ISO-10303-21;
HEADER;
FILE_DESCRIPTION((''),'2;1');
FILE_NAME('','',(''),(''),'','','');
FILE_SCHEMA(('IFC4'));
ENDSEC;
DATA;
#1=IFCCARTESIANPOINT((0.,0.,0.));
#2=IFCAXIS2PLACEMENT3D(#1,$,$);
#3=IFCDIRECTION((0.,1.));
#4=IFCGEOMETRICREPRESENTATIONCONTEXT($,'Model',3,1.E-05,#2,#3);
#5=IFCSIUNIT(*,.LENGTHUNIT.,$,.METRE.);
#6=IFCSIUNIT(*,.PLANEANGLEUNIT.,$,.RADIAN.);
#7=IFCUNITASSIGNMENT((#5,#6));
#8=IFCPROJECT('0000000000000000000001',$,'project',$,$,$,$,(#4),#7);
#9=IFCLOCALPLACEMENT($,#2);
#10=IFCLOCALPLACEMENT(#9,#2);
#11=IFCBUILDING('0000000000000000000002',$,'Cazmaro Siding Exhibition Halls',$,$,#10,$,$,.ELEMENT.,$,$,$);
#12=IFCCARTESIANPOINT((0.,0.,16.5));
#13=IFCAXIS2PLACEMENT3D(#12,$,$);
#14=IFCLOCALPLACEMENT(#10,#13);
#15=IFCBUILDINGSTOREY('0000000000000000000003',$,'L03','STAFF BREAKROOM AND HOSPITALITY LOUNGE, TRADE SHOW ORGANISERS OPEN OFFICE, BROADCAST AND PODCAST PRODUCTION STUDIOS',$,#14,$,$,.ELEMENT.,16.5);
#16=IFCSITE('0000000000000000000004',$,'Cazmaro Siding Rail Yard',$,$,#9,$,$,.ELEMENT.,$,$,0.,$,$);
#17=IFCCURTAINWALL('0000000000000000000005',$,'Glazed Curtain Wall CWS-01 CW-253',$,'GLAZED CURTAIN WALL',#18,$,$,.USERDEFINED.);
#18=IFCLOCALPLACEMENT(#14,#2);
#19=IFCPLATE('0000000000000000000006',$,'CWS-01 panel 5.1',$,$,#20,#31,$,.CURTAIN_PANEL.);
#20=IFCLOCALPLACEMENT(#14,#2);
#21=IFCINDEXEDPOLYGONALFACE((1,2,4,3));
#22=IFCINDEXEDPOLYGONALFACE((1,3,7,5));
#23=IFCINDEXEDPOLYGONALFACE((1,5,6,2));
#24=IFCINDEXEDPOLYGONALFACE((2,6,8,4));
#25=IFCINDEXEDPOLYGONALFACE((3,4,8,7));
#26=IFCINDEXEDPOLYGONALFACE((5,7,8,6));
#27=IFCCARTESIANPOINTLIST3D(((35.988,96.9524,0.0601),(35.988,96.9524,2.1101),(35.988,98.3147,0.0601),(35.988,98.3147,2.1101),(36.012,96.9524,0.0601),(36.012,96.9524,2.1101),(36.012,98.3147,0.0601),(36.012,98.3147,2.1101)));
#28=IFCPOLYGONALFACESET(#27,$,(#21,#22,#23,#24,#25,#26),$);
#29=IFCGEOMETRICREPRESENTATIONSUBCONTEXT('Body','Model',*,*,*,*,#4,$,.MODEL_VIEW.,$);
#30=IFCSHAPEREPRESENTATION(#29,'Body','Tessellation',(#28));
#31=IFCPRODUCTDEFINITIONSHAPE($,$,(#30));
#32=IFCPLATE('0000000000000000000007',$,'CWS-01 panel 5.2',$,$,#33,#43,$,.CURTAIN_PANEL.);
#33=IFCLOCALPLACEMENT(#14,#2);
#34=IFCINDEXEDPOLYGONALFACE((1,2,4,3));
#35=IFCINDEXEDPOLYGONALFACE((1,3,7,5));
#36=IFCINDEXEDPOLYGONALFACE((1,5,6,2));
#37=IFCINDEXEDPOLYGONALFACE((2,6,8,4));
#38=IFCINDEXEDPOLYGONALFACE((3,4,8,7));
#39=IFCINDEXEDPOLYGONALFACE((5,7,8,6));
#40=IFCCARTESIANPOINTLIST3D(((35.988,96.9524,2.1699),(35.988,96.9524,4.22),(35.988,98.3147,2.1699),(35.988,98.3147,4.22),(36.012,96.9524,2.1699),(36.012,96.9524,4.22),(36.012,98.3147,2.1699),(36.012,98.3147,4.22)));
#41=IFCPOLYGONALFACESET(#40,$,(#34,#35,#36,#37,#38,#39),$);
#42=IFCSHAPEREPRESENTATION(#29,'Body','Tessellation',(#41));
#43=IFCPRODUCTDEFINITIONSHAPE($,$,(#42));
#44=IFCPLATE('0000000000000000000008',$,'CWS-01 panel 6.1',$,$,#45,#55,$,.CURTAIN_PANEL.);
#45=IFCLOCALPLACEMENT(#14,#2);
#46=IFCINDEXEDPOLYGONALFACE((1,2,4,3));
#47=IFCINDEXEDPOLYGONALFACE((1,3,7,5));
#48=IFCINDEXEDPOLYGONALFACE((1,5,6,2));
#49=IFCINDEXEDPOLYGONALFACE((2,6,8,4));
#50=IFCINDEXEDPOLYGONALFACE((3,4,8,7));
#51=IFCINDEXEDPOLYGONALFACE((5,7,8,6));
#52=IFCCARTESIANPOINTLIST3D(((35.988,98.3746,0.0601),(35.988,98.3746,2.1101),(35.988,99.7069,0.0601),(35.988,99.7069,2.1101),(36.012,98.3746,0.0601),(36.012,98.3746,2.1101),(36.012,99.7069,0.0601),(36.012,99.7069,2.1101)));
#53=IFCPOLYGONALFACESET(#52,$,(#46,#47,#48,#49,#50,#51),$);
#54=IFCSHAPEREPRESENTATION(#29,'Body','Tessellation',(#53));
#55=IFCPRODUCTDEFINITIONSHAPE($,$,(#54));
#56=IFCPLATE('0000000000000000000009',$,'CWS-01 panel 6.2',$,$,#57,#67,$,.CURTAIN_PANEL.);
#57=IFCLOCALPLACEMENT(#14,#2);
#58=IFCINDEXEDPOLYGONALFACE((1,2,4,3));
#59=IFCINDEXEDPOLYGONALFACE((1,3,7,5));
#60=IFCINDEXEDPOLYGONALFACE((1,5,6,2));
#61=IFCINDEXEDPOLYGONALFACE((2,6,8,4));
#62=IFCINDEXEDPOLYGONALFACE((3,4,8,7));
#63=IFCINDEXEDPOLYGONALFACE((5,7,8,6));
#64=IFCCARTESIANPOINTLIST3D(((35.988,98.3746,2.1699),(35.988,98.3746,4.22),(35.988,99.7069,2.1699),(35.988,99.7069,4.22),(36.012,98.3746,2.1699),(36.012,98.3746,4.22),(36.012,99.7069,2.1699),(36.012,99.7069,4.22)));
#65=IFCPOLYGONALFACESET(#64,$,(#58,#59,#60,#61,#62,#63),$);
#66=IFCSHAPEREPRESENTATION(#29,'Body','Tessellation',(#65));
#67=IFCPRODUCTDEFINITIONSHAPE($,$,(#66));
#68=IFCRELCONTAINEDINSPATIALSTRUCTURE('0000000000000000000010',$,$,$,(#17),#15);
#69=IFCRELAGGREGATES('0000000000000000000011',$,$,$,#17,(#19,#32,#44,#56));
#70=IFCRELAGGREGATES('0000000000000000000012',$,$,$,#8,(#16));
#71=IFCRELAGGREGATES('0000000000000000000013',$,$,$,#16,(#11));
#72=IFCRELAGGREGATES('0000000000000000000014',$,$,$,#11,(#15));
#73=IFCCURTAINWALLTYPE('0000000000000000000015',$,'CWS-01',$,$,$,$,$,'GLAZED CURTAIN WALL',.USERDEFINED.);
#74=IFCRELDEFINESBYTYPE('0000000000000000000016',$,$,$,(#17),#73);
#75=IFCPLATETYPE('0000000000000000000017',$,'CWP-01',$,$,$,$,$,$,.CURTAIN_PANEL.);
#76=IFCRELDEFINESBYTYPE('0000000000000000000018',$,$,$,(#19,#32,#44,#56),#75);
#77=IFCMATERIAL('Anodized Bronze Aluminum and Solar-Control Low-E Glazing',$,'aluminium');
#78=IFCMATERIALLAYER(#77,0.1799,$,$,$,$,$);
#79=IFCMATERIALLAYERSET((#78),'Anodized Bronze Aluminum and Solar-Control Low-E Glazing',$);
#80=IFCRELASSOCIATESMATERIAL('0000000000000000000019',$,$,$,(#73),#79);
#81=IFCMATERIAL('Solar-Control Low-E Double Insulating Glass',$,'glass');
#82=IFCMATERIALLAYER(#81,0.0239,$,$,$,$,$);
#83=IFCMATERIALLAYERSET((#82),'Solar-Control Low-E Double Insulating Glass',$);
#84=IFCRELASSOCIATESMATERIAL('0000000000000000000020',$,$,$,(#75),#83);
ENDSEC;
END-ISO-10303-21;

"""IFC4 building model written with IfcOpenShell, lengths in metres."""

from ifc_helpers import new_model, si_unit, direction, frame, origin, origin_2d, place, context, subcontext, project, spatial, rectangle, extrude, material, layer, layer_set, type_object, element, aggregate, save


model = new_model("IFC4")

# Units and contexts
model_context = context("Model", 3, precision=1e-05, world=origin(), true_north=direction((0.0, 1.0)))
body_context = subcontext(model_context, "Body", "Model", "MODEL_VIEW")
ifc_project = project(units=[si_unit("LENGTHUNIT", "METRE"), si_unit("PLANEANGLEUNIT", "RADIAN")], contexts=[model_context])

# Site, building, storey
site_placement = place(None, origin())
site = spatial("IfcSite", under=ifc_project, at=site_placement, Name="Cazmaro Siding Rail Yard", CompositionType="ELEMENT", RefElevation=0.0)
building_placement = place(site_placement, origin())
building = spatial("IfcBuilding", under=site, at=building_placement, Name="Cazmaro Siding Exhibition Halls", CompositionType="ELEMENT")
storey_placement = place(building_placement, frame((0.0, 0.0, 16.5)))
storey = spatial("IfcBuildingStorey", under=building, at=storey_placement, Name="L03", Description="STAFF BREAKROOM AND HOSPITALITY LOUNGE, TRADE SHOW ORGANISERS OPEN OFFICE, BROADCAST AND PODCAST PRODUCTION STUDIOS", CompositionType="ELEMENT", Elevation=16.5)

# Curtain wall, plates
ifc_material_1 = material(Name="Anodized Bronze Aluminum and Solar-Control Low-E Glazing", Category="aluminium")
ifc_layer_1 = layer(ifc_material_1, 0.1799)
ifc_layer_set_1 = layer_set([ifc_layer_1], Name="Anodized Bronze Aluminum and Solar-Control Low-E Glazing")
curtain_wall_type = type_object("IfcCurtainWallType", Name="CWS-01", ElementType="GLAZED CURTAIN WALL", PredefinedType="USERDEFINED", material=ifc_layer_set_1)
curtain_wall_placement = place(storey_placement, origin())
curtain_wall = element("IfcCurtainWall", 1, at=curtain_wall_placement, inside=storey, type_object=curtain_wall_type, Name="Glazed Curtain Wall CWS-01 CW-253", ObjectType="GLAZED CURTAIN WALL", PredefinedType="USERDEFINED")
ifc_material_2 = material(Name="Solar-Control Low-E Double Insulating Glass", Category="glass")
ifc_layer_2 = layer(ifc_material_2, 0.0239)
ifc_layer_set_2 = layer_set([ifc_layer_2], Name="Solar-Control Low-E Double Insulating Glass")
plate_type = type_object("IfcPlateType", Name="CWP-01", PredefinedType="CURTAIN_PANEL", material=ifc_layer_set_2)
plate_1_placement = place(storey_placement, frame((36.0, 97.6335, 0.0601), z_axis=(0.0, 0.0, 1.0), x_axis=(0.0, 1.0, 0.0)))
plate_1 = element("IfcPlate", 2, at=plate_1_placement, type_object=plate_type, Name="CWS-01 panel 5.1", PredefinedType="CURTAIN_PANEL", context=body_context, shape_type="SweptSolid", body=[
    extrude(rectangle(XDim=1.3623, YDim=0.0239, at=origin_2d()), origin(), (0.0, 0.0, 1.0), 2.05),
])
plate_2_placement = place(storey_placement, frame((36.0, 97.6335, 2.1699), z_axis=(0.0, 0.0, 1.0), x_axis=(0.0, 1.0, 0.0)))
plate_2 = element("IfcPlate", 3, at=plate_2_placement, type_object=plate_type, Name="CWS-01 panel 5.2", PredefinedType="CURTAIN_PANEL", context=body_context, shape_type="SweptSolid", body=[
    extrude(rectangle(XDim=1.3623, YDim=0.0239, at=origin_2d()), origin(), (0.0, 0.0, 1.0), 2.05),
])
plate_3_placement = place(storey_placement, frame((36.0, 99.0408, 0.0601), z_axis=(0.0, 0.0, 1.0), x_axis=(0.0, 1.0, 0.0)))
plate_3 = element("IfcPlate", 4, at=plate_3_placement, type_object=plate_type, Name="CWS-01 panel 6.1", PredefinedType="CURTAIN_PANEL", context=body_context, shape_type="SweptSolid", body=[
    extrude(rectangle(XDim=1.3323, YDim=0.0239, at=origin_2d()), origin(), (0.0, 0.0, 1.0), 2.05),
])
plate_4_placement = place(storey_placement, frame((36.0, 99.0408, 2.1699), z_axis=(0.0, 0.0, 1.0), x_axis=(0.0, 1.0, 0.0)))
plate_4 = element("IfcPlate", 5, at=plate_4_placement, type_object=plate_type, Name="CWS-01 panel 6.2", PredefinedType="CURTAIN_PANEL", context=body_context, shape_type="SweptSolid", body=[
    extrude(rectangle(XDim=1.3323, YDim=0.0239, at=origin_2d()), origin(), (0.0, 0.0, 1.0), 2.05),
])
aggregate(curtain_wall, [plate_1, plate_2, plate_3, plate_4])

save(model, "model.ifc")
